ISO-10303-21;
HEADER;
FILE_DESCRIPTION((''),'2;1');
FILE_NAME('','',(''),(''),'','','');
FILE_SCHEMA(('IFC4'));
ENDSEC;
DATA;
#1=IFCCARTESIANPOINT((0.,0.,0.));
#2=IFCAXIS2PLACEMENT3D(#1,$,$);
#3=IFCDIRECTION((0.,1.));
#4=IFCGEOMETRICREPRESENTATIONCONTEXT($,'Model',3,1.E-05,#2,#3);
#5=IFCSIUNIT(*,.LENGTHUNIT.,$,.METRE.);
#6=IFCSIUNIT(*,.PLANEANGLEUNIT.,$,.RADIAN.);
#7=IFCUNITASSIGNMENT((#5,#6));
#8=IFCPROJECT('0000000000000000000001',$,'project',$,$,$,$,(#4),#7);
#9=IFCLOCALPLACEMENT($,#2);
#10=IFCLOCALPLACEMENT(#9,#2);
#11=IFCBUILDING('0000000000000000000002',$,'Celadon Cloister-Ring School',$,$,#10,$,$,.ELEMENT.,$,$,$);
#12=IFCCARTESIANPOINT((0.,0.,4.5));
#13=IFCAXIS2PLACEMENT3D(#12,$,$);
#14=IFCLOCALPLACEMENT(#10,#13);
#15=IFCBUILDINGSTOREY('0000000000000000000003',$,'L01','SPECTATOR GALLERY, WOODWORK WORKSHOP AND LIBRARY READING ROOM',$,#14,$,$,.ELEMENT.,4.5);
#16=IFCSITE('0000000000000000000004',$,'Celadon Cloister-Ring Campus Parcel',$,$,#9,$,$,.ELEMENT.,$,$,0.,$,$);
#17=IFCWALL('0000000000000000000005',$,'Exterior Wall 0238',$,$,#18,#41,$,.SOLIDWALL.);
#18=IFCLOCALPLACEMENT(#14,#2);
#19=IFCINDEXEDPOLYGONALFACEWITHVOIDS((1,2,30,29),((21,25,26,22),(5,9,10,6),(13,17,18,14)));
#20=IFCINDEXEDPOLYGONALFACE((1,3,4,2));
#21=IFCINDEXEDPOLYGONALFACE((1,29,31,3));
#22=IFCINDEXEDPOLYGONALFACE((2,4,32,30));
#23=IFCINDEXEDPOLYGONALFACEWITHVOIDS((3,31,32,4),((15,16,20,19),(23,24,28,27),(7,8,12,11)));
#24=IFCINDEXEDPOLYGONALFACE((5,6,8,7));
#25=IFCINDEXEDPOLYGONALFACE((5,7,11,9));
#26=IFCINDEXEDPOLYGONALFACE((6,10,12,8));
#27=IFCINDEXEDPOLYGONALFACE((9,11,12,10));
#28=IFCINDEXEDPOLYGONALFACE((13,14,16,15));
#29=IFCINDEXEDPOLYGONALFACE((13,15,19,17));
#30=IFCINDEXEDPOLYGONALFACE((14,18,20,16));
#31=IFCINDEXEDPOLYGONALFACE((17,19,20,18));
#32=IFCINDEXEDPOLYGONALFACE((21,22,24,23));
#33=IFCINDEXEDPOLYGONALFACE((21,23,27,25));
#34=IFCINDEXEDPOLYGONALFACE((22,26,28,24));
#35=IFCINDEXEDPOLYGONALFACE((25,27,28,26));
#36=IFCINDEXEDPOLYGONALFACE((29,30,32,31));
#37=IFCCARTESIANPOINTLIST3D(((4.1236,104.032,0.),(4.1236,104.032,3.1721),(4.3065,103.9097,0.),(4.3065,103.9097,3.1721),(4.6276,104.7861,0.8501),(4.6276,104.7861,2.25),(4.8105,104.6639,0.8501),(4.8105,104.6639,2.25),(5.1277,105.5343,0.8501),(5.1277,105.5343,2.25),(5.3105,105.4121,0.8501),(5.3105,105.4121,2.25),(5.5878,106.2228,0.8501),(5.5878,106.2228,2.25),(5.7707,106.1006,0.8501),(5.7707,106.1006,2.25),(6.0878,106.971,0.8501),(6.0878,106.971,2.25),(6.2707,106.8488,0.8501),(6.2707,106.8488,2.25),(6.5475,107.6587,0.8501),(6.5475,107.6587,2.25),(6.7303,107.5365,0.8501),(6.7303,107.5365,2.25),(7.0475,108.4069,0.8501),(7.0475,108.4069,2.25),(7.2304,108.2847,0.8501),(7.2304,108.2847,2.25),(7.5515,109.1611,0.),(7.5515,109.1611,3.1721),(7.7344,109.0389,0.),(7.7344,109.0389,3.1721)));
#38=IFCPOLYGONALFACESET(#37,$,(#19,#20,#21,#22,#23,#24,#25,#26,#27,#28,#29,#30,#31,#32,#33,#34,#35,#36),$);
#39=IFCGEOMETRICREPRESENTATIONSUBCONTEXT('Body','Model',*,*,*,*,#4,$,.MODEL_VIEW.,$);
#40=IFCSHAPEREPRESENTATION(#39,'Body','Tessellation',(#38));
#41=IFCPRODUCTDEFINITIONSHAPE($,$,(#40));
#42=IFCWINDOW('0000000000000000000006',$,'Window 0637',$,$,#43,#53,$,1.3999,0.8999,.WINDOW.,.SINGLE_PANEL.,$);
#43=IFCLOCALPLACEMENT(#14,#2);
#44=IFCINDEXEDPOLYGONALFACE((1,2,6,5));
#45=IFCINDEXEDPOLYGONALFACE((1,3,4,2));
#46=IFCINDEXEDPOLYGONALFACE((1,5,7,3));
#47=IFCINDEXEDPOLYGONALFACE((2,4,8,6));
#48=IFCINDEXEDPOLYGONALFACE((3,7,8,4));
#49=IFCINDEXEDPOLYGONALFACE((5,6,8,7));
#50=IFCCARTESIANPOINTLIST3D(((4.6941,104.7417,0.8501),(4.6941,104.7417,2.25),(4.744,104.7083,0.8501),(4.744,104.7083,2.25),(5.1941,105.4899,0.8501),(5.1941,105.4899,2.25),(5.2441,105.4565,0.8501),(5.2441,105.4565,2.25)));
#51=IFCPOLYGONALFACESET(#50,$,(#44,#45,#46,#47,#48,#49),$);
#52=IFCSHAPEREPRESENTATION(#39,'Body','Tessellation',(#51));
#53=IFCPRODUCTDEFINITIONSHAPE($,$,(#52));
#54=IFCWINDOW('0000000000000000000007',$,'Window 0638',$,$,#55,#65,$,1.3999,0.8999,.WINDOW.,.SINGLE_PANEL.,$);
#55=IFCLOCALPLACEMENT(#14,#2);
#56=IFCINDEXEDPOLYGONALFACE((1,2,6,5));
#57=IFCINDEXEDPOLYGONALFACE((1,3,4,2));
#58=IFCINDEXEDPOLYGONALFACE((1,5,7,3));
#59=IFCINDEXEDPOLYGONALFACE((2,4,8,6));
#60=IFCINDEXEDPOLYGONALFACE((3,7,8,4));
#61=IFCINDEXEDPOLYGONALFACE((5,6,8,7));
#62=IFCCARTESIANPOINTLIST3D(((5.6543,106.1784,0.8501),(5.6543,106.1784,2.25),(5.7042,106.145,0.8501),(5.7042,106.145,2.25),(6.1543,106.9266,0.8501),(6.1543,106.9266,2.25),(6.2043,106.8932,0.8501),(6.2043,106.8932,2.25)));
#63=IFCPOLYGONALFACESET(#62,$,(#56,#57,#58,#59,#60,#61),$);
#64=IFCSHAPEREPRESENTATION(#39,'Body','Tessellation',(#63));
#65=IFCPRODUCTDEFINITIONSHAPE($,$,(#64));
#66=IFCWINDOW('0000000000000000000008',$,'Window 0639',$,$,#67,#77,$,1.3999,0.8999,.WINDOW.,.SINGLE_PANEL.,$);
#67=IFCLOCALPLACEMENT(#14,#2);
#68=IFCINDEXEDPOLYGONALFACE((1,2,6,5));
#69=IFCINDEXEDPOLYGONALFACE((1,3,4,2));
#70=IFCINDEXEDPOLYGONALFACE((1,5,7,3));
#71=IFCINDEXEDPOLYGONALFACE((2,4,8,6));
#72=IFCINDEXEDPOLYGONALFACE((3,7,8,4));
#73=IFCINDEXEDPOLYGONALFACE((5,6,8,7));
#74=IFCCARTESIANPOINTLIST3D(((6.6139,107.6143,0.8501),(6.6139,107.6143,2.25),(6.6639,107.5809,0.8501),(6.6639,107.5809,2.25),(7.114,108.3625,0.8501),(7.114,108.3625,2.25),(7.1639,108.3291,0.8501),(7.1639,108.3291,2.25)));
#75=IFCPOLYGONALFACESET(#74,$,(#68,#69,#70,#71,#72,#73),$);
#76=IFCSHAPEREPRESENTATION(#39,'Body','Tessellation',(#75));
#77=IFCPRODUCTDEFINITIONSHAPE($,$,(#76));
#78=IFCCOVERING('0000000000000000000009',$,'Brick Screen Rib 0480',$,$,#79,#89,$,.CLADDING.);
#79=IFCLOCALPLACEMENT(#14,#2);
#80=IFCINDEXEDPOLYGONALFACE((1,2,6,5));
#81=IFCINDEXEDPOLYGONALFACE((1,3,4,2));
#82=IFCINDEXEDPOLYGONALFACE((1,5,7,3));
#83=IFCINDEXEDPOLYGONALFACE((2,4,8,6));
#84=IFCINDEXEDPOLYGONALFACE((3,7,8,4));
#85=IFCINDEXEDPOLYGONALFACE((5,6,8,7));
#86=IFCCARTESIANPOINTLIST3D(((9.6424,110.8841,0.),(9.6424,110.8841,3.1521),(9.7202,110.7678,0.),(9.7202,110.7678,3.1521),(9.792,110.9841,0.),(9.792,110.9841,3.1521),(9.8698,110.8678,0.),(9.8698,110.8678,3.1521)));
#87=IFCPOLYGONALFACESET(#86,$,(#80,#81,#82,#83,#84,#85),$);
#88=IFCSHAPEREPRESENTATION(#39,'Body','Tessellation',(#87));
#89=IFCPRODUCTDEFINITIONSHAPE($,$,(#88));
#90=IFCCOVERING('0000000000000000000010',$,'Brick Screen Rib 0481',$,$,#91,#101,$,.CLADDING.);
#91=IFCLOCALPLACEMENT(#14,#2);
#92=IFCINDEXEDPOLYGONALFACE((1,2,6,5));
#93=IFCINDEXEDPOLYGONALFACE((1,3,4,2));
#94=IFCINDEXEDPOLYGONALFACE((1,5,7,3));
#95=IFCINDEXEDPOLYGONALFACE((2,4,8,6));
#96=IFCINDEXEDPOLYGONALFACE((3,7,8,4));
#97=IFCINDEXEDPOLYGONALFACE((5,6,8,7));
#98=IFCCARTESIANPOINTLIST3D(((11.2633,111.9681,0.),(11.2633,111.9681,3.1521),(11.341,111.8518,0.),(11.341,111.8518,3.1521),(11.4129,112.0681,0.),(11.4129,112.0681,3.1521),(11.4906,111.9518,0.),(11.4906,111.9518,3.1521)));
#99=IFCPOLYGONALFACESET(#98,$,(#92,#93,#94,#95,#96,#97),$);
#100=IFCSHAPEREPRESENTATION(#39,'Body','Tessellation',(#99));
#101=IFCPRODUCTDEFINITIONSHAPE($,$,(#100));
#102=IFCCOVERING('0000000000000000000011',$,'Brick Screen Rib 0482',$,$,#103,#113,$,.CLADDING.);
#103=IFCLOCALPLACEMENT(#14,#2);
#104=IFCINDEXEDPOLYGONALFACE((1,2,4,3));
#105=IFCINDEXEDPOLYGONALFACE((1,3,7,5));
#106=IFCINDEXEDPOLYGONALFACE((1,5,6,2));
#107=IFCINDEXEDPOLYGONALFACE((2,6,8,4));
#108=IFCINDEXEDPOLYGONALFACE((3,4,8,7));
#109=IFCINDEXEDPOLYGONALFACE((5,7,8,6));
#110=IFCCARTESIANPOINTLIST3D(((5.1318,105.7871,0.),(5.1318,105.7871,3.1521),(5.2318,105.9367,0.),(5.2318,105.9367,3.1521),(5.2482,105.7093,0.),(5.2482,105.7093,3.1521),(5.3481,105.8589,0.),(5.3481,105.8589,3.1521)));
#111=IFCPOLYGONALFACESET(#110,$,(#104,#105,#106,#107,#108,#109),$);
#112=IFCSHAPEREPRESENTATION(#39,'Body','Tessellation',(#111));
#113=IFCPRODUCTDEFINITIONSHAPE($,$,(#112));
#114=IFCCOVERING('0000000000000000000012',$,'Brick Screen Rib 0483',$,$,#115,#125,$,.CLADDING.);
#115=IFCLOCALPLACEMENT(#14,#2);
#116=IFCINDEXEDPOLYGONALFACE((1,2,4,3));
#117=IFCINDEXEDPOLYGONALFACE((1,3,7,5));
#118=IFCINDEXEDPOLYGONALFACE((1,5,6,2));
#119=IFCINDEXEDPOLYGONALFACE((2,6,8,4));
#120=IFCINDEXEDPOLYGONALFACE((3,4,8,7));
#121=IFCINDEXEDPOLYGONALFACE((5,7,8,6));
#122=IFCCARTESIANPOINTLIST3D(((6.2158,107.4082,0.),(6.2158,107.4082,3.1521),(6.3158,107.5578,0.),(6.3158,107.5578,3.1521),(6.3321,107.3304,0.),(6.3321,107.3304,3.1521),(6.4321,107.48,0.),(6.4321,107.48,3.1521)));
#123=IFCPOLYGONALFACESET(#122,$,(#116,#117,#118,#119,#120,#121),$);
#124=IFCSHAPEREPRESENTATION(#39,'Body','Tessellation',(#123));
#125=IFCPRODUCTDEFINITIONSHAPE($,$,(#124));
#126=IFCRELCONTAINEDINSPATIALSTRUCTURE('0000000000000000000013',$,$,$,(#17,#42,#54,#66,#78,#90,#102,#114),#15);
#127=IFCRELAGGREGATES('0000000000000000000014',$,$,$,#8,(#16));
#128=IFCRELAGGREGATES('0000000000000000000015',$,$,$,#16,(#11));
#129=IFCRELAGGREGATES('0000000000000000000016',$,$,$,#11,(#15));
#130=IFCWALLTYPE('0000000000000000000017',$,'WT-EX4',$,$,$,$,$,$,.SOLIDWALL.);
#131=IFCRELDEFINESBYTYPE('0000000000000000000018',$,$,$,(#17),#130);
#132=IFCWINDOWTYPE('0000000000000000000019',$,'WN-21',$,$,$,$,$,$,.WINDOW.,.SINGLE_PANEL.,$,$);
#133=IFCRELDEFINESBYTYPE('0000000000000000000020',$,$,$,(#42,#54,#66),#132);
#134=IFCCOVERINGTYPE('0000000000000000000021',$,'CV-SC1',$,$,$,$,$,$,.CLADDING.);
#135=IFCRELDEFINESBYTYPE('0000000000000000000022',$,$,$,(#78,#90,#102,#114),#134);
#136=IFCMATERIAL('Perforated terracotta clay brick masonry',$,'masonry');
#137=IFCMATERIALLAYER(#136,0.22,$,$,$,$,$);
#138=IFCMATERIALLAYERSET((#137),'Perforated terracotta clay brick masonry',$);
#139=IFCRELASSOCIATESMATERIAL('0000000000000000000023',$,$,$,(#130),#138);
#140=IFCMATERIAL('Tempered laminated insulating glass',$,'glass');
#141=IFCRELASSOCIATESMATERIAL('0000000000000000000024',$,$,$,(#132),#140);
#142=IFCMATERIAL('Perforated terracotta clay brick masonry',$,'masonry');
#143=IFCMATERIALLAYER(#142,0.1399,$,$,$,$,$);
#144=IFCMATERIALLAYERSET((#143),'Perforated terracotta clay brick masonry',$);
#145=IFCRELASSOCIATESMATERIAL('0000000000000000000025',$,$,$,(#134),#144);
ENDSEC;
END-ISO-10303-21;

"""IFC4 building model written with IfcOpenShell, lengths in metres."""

from ifc_helpers import new_model, si_unit, direction, frame, frame_2d, origin, origin_2d, place, context, subcontext, project, spatial, rectangle, extrude, material, layer, layer_set, type_object, element, fill, save


model = new_model("IFC4")

# Units and contexts
model_context = context("Model", 3, precision=1e-05, world=origin(), true_north=direction((0.0, 1.0)))
body_context = subcontext(model_context, "Body", "Model", "MODEL_VIEW")
ifc_project = project(units=[si_unit("LENGTHUNIT", "METRE"), si_unit("PLANEANGLEUNIT", "RADIAN")], contexts=[model_context])

# Site, building, storey
site_placement = place(None, origin())
site = spatial("IfcSite", under=ifc_project, at=site_placement, Name="Celadon Cloister-Ring Campus Parcel", CompositionType="ELEMENT", RefElevation=0.0)
building_placement = place(site_placement, origin())
building = spatial("IfcBuilding", under=site, at=building_placement, Name="Celadon Cloister-Ring School", CompositionType="ELEMENT")
storey_placement = place(building_placement, frame((0.0, 0.0, 4.5)))
storey = spatial("IfcBuildingStorey", under=building, at=storey_placement, Name="L01", Description="SPECTATOR GALLERY, WOODWORK WORKSHOP AND LIBRARY READING ROOM", CompositionType="ELEMENT", Elevation=4.5)

# Wall, openings, windows
ifc_material_1 = material(Name="Perforated terracotta clay brick masonry", Category="masonry")
ifc_layer_1 = layer(ifc_material_1, 0.22)
ifc_layer_set_1 = layer_set([ifc_layer_1], Name="Perforated terracotta clay brick masonry")
wall_type = type_object("IfcWallType", Name="WT-EX4", PredefinedType="SOLIDWALL", material=ifc_layer_set_1)
ifc_material_2 = material(Name="Tempered laminated insulating glass", Category="glass")
window_type = type_object("IfcWindowType", Name="WN-21", PartitioningType="SINGLE_PANEL", PredefinedType="WINDOW", material=ifc_material_2)
wall_1_placement = place(storey_placement, frame((4.2151, 103.9709, 0.0), z_axis=(0.0, 0.0, 1.0), x_axis=(0.555659, 0.83141, 0.0)))
wall_1 = element("IfcWall", 1, at=wall_1_placement, inside=storey, type_object=wall_type, Name="Exterior Wall 0238", PredefinedType="SOLIDWALL", context=body_context, shape_type="SweptSolid", body=[
    extrude(rectangle(XDim=6.1692, YDim=0.22, at=frame_2d((3.0845, 0.0))), origin(), (0.0, 0.0, 1.0), 3.1721),
])
opening_1_placement = place(wall_1_placement, frame((0.907, 0.0, 0.8501)))
opening_1 = element("IfcOpeningElement", 2, at=opening_1_placement, cuts=wall_1, PredefinedType="OPENING", context=body_context, shape_type="SweptSolid", body=[
    extrude(rectangle(XDim=0.8999, YDim=1.3999, at=frame_2d((0.45, 0.7))), frame((0.0, 0.1201, 0.0), z_axis=(0.0, -1.0, 0.0), x_axis=(1.0, 0.0, 0.0)), (0.0, 0.0, 1.0), 0.24),
])
opening_2_placement = place(wall_1_placement, frame((2.635, 0.0, 0.8501)))
opening_2 = element("IfcOpeningElement", 3, at=opening_2_placement, cuts=wall_1, PredefinedType="OPENING", context=body_context, shape_type="SweptSolid", body=[
    extrude(rectangle(XDim=0.8999, YDim=1.3999, at=frame_2d((0.45, 0.7))), frame((0.0, 0.1201, 0.0), z_axis=(0.0, -1.0, 0.0), x_axis=(1.0, 0.0, 0.0)), (0.0, 0.0, 1.0), 0.24),
])
opening_3_placement = place(wall_1_placement, frame((4.3621, 0.0, 0.8501)))
opening_3 = element("IfcOpeningElement", 4, at=opening_3_placement, cuts=wall_1, PredefinedType="OPENING", context=body_context, shape_type="SweptSolid", body=[
    extrude(rectangle(XDim=0.8999, YDim=1.3999, at=frame_2d((0.45, 0.7))), frame((0.0, 0.1201, 0.0), z_axis=(0.0, -1.0, 0.0), x_axis=(1.0, 0.0, 0.0)), (0.0, 0.0, 1.0), 0.24),
])
window_1_placement = place(opening_1_placement, origin())
window_1 = element("IfcWindow", 5, at=window_1_placement, inside=storey, type_object=window_type, Name="Window 0637", OverallHeight=1.3999, OverallWidth=0.8999, PartitioningType="SINGLE_PANEL", PredefinedType="WINDOW", context=body_context, shape_type="SweptSolid", body=[
    extrude(rectangle(XDim=0.8999, YDim=1.3999, at=frame_2d((0.45, 0.7))), frame((0.0, 0.03, 0.0), z_axis=(0.0, -1.0, 0.0), x_axis=(1.0, 0.0, 0.0)), (0.0, 0.0, 1.0), 0.0601),
])
fill(opening_1, window_1)
window_2_placement = place(opening_2_placement, origin())
window_2 = element("IfcWindow", 6, at=window_2_placement, inside=storey, type_object=window_type, Name="Window 0638", OverallHeight=1.3999, OverallWidth=0.8999, PartitioningType="SINGLE_PANEL", PredefinedType="WINDOW", context=body_context, shape_type="SweptSolid", body=[
    extrude(rectangle(XDim=0.8999, YDim=1.3999, at=frame_2d((0.45, 0.7))), frame((0.0, 0.03, 0.0), z_axis=(0.0, -1.0, 0.0), x_axis=(1.0, 0.0, 0.0)), (0.0, 0.0, 1.0), 0.0601),
])
fill(opening_2, window_2)
window_3_placement = place(opening_3_placement, origin())
window_3 = element("IfcWindow", 7, at=window_3_placement, inside=storey, type_object=window_type, Name="Window 0639", OverallHeight=1.3999, OverallWidth=0.8999, PartitioningType="SINGLE_PANEL", PredefinedType="WINDOW", context=body_context, shape_type="SweptSolid", body=[
    extrude(rectangle(XDim=0.8999, YDim=1.3999, at=frame_2d((0.45, 0.7))), frame((0.0, 0.03, 0.0), z_axis=(0.0, -1.0, 0.0), x_axis=(1.0, 0.0, 0.0)), (0.0, 0.0, 1.0), 0.0601),
])
fill(opening_3, window_3)

# Coverings
ifc_material_3 = material(Name="Perforated terracotta clay brick masonry", Category="masonry")
ifc_layer_2 = layer(ifc_material_3, 0.1399)
ifc_layer_set_2 = layer_set([ifc_layer_2], Name="Perforated terracotta clay brick masonry")
covering_type = type_object("IfcCoveringType", Name="CV-SC1", PredefinedType="CLADDING", material=ifc_layer_set_2)
for number, where, z_axis, x_axis, name in (
    (8, (9.7561, 110.876, 0.0), (0.0, 0.0, 1.0), (0.831402, 0.555672, 0.0), "Brick Screen Rib 0480"),
    (9, (11.377, 111.96, 0.0), (0.0, 0.0, 1.0), (0.831402, 0.555672, 0.0), "Brick Screen Rib 0481"),
    (10, (5.24, 105.823, 0.0), (0.0, 0.0, 1.0), (0.555672, 0.831402, 0.0), "Brick Screen Rib 0482"),
    (11, (6.324, 107.4441, 0.0), (0.0, 0.0, 1.0), (0.555672, 0.831402, 0.0), "Brick Screen Rib 0483"),
):
    element("IfcCovering", number, at=place(storey_placement, frame(where, z_axis=z_axis, x_axis=x_axis)), inside=storey, type_object=covering_type, Name=name, PredefinedType="CLADDING", context=body_context, shape_type="SweptSolid", body=[
        extrude(rectangle(XDim=0.1799, YDim=0.1399, at=origin_2d()), origin(), (0.0, 0.0, 1.0), 3.1521),
    ])

save(model, "model.ifc")
